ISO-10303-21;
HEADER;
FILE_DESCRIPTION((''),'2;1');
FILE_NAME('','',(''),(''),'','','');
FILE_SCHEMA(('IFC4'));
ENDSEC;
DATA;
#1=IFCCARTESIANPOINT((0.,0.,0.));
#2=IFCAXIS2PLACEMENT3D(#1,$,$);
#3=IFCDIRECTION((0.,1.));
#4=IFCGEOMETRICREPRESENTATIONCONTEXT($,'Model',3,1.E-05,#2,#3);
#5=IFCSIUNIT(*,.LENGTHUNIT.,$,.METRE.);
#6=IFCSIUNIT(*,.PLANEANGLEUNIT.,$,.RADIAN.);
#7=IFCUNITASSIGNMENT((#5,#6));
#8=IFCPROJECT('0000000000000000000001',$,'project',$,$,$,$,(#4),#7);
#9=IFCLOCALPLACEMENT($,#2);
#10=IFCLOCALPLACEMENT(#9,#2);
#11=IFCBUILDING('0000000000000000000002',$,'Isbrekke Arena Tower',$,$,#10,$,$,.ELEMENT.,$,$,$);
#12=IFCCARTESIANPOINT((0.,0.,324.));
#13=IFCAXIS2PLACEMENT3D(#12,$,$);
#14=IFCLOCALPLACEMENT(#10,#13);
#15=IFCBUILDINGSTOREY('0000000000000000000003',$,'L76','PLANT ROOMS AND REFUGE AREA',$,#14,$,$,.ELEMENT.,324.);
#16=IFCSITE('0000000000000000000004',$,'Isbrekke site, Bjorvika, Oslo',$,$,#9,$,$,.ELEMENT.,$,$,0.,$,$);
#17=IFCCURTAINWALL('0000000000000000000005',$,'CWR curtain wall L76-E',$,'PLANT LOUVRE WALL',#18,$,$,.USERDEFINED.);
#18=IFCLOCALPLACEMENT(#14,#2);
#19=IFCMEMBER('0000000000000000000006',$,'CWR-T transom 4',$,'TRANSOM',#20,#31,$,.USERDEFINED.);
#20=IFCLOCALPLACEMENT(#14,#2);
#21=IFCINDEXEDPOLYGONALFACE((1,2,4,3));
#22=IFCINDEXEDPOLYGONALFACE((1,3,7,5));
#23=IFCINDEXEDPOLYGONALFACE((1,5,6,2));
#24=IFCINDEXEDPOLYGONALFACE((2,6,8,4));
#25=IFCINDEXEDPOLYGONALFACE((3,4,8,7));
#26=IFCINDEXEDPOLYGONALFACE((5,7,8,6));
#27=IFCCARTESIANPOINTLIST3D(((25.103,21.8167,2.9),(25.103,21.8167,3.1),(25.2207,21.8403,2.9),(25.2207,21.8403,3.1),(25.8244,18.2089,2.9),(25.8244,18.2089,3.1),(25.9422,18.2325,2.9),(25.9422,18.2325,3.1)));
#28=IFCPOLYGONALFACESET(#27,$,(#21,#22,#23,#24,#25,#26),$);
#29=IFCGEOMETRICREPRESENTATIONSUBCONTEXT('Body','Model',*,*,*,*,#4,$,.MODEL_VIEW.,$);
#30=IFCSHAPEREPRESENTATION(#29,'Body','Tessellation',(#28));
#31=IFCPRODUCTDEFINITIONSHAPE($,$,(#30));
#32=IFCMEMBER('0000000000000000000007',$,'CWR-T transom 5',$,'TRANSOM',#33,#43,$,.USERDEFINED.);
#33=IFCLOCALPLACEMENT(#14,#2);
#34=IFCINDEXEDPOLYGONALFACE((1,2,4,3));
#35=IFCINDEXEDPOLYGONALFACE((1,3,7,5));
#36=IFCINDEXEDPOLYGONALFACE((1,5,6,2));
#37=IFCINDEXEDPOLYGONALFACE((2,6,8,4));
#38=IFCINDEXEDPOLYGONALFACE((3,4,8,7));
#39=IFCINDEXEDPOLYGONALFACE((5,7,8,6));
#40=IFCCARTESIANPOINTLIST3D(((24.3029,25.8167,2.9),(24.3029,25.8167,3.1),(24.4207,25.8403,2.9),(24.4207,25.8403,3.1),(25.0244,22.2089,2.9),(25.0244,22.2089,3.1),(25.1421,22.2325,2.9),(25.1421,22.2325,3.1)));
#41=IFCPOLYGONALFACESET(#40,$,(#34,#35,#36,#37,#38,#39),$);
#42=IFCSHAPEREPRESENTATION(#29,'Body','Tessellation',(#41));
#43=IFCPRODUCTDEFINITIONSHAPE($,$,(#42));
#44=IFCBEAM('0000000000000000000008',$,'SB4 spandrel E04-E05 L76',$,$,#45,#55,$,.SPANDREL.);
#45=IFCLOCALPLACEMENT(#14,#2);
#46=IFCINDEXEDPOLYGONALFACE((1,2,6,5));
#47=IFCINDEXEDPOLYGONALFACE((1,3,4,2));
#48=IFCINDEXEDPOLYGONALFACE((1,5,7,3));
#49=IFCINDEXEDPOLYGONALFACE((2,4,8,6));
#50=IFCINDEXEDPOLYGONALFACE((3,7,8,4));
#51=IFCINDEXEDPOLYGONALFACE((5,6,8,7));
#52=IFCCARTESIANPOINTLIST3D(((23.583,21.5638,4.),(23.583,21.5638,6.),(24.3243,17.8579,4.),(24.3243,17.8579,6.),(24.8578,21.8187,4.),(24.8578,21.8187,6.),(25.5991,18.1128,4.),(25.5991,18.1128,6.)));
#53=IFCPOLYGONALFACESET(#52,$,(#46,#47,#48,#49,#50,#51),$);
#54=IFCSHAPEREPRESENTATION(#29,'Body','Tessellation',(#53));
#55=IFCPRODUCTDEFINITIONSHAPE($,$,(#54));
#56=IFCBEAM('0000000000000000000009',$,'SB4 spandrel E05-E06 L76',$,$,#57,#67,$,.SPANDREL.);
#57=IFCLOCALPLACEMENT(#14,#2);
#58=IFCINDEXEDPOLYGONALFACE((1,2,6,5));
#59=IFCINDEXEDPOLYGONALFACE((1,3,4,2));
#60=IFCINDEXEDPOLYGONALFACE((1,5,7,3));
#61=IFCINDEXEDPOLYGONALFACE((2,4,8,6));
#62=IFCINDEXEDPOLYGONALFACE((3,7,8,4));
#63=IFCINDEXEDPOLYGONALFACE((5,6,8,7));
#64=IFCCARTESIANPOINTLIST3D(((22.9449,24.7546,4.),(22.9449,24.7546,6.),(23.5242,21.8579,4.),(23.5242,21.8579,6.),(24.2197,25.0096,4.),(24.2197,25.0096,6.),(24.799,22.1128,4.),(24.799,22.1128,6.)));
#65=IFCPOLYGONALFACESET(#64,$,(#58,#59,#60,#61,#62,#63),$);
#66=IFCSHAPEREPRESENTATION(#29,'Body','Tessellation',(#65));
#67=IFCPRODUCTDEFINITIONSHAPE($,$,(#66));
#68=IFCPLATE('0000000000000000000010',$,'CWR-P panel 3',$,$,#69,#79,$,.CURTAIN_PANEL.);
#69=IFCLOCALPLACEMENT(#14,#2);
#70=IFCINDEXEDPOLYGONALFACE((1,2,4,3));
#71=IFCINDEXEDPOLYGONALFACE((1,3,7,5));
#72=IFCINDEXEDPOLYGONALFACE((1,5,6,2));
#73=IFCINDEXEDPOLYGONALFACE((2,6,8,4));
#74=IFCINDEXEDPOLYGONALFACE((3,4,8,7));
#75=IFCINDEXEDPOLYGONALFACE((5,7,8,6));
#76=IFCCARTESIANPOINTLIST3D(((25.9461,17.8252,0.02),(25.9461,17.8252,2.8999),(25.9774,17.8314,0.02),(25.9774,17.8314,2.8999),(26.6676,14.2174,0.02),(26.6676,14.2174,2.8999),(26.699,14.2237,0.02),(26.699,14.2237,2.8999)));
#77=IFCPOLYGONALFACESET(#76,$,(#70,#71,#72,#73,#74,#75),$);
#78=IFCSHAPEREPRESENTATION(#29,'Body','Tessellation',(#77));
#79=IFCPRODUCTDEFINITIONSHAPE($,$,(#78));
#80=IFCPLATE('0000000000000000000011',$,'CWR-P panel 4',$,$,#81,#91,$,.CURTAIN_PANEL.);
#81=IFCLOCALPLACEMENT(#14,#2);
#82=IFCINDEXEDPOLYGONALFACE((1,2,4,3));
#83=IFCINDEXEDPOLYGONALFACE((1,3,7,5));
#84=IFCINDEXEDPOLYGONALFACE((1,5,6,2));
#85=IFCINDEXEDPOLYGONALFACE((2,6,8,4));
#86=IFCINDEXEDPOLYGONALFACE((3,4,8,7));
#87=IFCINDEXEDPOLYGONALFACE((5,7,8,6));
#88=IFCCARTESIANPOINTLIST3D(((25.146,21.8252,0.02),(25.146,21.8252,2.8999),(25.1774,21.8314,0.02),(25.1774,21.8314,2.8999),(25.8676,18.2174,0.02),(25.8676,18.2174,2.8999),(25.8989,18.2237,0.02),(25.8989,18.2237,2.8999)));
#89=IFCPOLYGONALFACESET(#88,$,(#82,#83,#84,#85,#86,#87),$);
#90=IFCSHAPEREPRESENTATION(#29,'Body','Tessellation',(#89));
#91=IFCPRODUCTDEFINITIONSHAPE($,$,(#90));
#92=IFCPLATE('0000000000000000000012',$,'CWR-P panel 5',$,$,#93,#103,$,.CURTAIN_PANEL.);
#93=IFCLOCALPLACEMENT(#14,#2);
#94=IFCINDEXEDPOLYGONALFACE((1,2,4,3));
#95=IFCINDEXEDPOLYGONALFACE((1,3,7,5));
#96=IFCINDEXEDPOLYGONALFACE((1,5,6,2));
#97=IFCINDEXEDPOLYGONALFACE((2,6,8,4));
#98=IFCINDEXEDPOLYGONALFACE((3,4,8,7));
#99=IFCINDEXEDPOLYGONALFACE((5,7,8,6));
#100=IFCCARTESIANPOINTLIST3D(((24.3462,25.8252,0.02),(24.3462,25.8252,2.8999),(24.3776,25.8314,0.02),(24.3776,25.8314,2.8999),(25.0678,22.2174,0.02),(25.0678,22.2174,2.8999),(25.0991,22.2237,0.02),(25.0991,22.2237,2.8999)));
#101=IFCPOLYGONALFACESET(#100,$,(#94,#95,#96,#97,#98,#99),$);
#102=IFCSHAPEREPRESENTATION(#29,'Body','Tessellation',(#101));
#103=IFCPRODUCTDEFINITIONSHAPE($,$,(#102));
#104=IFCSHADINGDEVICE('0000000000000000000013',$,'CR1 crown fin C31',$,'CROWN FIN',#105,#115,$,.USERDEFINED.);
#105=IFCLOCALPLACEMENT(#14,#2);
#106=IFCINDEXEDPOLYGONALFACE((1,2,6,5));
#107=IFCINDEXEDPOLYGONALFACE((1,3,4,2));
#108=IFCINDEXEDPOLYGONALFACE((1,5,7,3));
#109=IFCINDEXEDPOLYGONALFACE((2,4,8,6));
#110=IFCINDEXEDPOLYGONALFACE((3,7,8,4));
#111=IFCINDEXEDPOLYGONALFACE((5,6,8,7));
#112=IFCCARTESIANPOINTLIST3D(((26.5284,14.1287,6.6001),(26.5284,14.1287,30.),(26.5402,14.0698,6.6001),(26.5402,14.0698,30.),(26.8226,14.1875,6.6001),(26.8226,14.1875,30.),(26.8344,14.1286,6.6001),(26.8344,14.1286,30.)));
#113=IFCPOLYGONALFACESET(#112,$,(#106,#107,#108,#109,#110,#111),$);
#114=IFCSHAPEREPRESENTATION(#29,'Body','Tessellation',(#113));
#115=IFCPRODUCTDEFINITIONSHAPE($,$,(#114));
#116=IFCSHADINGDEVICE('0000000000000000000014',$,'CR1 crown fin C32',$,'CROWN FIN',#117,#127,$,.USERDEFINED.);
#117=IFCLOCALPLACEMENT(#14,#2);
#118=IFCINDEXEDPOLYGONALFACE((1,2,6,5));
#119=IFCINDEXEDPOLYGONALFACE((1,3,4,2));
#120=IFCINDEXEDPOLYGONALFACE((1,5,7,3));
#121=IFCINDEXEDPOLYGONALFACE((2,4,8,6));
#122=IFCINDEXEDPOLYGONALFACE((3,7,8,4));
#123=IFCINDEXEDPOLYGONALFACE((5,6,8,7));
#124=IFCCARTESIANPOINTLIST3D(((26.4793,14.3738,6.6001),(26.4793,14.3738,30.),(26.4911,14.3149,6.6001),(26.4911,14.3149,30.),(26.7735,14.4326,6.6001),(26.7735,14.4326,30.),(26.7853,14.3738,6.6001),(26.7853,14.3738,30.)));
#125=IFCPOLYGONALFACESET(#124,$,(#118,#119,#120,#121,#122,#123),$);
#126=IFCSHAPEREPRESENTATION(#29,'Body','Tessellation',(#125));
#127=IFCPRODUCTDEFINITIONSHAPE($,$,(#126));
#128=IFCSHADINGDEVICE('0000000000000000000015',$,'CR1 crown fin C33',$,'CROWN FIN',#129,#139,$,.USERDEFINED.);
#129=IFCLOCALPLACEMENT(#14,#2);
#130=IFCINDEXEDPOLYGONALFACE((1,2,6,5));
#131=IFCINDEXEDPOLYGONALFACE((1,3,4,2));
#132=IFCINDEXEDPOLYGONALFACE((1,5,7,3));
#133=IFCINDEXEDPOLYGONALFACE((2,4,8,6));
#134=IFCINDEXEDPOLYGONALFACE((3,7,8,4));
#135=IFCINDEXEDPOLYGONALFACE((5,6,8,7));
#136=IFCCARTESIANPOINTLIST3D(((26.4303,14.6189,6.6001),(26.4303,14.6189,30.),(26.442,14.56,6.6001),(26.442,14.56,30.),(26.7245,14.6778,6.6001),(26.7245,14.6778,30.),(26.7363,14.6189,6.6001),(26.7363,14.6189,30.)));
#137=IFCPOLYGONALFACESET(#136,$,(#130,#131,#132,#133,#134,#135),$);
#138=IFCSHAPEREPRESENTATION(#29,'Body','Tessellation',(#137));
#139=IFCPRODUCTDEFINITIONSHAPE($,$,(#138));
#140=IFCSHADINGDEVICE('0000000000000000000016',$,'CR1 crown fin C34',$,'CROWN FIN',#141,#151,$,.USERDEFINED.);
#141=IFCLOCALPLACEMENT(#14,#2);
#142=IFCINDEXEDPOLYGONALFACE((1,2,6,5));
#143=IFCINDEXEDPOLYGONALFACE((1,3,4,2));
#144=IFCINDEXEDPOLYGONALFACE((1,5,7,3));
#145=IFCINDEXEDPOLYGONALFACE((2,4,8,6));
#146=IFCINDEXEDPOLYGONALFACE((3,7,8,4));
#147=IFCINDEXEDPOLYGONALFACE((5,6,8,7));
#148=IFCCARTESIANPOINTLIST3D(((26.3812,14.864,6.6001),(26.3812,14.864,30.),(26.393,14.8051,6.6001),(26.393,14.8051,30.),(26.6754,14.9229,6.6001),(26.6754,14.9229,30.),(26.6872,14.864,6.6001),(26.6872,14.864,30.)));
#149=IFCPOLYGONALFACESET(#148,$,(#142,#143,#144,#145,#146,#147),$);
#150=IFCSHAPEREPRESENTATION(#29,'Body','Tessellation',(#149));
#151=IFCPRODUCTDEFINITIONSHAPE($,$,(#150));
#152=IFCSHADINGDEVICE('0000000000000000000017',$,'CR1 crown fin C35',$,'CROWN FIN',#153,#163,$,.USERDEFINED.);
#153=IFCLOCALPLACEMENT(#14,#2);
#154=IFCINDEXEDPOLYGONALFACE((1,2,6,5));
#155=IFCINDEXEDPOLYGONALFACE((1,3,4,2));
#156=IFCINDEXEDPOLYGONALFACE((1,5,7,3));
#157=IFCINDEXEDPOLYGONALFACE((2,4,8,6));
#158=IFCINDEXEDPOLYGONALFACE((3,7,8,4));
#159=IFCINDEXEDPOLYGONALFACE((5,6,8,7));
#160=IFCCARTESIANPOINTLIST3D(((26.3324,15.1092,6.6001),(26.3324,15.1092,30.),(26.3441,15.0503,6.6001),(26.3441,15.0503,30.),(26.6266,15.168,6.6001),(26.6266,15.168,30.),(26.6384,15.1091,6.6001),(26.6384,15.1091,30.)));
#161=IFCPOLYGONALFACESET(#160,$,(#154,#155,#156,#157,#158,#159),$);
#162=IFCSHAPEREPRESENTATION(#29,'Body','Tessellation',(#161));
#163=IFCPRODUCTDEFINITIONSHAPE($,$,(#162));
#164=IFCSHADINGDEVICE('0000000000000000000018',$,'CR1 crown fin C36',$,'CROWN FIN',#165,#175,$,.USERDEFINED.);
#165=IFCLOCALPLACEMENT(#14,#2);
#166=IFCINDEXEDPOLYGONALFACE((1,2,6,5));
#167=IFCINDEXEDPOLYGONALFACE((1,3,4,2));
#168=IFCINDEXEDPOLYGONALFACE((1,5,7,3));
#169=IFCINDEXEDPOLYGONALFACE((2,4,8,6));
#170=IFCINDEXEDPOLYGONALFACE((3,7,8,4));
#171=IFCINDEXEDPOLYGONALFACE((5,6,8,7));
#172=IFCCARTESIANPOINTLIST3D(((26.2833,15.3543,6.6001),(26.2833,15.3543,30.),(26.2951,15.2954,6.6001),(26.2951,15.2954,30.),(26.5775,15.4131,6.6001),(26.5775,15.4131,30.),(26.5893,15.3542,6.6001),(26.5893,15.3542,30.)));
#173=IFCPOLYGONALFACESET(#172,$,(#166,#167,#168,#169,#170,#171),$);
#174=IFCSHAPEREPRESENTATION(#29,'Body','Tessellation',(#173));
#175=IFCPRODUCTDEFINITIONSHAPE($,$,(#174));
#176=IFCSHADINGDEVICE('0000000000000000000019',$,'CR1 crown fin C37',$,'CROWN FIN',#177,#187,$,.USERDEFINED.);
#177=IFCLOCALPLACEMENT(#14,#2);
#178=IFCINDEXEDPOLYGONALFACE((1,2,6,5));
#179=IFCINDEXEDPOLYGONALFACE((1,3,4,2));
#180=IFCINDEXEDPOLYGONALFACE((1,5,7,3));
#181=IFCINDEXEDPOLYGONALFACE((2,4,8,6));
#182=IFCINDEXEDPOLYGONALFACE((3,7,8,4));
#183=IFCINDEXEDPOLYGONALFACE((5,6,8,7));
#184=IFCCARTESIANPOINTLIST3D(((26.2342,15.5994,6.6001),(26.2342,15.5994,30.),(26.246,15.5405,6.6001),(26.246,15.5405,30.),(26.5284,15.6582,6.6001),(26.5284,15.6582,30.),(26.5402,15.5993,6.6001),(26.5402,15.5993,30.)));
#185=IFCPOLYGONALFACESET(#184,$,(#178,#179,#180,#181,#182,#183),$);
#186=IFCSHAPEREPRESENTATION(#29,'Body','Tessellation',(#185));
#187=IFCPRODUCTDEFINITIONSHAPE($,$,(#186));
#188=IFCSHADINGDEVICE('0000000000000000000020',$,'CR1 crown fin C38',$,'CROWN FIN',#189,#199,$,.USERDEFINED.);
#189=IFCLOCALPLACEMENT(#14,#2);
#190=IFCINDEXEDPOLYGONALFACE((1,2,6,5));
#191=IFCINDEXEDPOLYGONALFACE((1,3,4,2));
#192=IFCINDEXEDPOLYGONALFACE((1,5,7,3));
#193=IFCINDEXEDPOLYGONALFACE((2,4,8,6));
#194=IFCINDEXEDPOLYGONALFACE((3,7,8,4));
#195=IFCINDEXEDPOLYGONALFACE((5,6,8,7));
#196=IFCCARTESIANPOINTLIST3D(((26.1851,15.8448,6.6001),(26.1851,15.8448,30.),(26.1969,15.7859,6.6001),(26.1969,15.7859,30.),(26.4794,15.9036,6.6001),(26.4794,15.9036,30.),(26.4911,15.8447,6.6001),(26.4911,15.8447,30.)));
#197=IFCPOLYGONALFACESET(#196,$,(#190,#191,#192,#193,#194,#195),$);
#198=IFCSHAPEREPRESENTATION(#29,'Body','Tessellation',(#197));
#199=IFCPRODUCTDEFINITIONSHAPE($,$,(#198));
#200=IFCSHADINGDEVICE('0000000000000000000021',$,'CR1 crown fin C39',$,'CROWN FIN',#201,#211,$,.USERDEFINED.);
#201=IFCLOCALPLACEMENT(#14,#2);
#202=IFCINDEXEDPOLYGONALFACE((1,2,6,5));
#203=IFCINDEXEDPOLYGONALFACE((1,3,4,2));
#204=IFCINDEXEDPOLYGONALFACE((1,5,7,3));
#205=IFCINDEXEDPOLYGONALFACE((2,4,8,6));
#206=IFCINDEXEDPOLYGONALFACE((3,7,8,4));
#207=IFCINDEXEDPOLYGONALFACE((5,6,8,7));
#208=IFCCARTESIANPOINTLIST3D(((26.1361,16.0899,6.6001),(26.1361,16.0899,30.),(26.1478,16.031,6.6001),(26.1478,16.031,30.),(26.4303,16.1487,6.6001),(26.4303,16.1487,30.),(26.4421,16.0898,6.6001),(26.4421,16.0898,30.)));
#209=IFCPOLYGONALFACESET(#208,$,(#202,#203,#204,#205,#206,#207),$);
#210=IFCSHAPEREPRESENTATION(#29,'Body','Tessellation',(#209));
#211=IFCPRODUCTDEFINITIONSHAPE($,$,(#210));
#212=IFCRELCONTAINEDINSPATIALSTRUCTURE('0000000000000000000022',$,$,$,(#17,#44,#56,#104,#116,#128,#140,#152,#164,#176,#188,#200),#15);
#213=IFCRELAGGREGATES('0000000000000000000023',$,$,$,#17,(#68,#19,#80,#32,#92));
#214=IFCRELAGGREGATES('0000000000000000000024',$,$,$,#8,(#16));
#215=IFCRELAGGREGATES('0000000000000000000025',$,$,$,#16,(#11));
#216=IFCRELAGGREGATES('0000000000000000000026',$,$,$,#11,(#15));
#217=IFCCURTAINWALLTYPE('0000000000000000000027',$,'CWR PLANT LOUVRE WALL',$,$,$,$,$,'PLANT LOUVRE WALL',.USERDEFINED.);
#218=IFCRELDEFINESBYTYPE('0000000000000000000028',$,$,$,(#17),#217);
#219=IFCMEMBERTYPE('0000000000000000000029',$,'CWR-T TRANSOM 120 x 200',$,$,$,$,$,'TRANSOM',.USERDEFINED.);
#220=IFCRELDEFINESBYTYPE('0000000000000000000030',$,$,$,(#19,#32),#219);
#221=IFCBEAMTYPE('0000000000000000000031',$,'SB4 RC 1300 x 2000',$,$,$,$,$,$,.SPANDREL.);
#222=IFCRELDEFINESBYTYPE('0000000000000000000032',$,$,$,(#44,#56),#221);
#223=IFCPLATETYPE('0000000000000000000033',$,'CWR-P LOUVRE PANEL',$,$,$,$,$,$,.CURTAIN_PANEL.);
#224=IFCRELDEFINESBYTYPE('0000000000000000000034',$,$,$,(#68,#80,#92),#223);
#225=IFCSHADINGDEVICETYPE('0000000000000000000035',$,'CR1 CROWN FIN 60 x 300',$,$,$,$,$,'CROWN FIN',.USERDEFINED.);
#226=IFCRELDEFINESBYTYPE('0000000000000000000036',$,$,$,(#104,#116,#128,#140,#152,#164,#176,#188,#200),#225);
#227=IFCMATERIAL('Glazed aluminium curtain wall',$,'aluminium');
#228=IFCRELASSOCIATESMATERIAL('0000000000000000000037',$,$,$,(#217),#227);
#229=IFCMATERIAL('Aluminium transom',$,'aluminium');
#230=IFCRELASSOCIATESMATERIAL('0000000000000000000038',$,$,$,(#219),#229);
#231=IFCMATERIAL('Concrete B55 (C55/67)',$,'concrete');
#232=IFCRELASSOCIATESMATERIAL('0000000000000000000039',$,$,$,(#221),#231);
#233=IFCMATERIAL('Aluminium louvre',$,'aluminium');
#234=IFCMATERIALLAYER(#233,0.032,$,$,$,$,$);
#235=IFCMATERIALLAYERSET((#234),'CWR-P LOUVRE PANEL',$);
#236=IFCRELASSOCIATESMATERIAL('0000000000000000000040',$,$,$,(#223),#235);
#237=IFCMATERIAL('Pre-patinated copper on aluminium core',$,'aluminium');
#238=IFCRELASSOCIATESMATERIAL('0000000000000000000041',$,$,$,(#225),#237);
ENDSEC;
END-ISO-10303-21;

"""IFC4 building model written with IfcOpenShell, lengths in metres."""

from ifc_helpers import new_model, si_unit, direction, frame, origin, origin_2d, place, context, subcontext, project, spatial, rectangle, extrude, material, layer, layer_set, material_profile, profile_set, type_object, element, aggregate, save


model = new_model("IFC4")

# Units and contexts
model_context = context("Model", 3, precision=1e-05, world=origin(), true_north=direction((0.0, 1.0)))
body_context = subcontext(model_context, "Body", "Model", "MODEL_VIEW")
ifc_project = project(units=[si_unit("LENGTHUNIT", "METRE"), si_unit("PLANEANGLEUNIT", "RADIAN")], contexts=[model_context])

# Site, building, storey
site_placement = place(None, origin())
site = spatial("IfcSite", under=ifc_project, at=site_placement, Name="Isbrekke site, Bjorvika, Oslo", CompositionType="ELEMENT", RefElevation=0.0)
building_placement = place(site_placement, origin())
building = spatial("IfcBuilding", under=site, at=building_placement, Name="Isbrekke Arena Tower", CompositionType="ELEMENT")
storey_placement = place(building_placement, frame((0.0, 0.0, 324.0)))
storey = spatial("IfcBuildingStorey", under=building, at=storey_placement, Name="L76", Description="PLANT ROOMS AND REFUGE AREA", CompositionType="ELEMENT", Elevation=324.0)

# Curtain wall
ifc_material_1 = material(Name="Glazed aluminium curtain wall", Category="aluminium")
curtain_wall_type = type_object("IfcCurtainWallType", Name="CWR PLANT LOUVRE WALL", ElementType="PLANT LOUVRE WALL", PredefinedType="USERDEFINED", material=ifc_material_1)
curtain_wall_1_placement = place(storey_placement, origin())
curtain_wall_1 = element("IfcCurtainWall", 1, at=curtain_wall_1_placement, inside=storey, type_object=curtain_wall_type, Name="CWR curtain wall L76-E", ObjectType="PLANT LOUVRE WALL", PredefinedType="USERDEFINED")

# Members
ifc_material_2 = material(Name="Aluminium transom", Category="aluminium")
ifc_material_profile_1 = material_profile(ifc_material_2, rectangle(XDim=0.1201, YDim=0.2, at=origin_2d()), Name="TRANSOM 120X200")
ifc_profile_set_1 = profile_set([ifc_material_profile_1], Name="Aluminium transom")
member_type_1 = type_object("IfcMemberType", Name="CWR-T TRANSOM 120 x 200", ElementType="TRANSOM", PredefinedType="USERDEFINED", material=ifc_profile_set_1)
member_1_placement = place(storey_placement, frame((25.8833, 18.2207, 3.0), z_axis=(-0.196091, 0.980586, 0.0), x_axis=(-0.980586, -0.196091, 0.0)))
member_1 = element("IfcMember", 2, at=member_1_placement, type_object=member_type_1, Name="CWR-T transom 4", ObjectType="TRANSOM", PredefinedType="USERDEFINED", context=body_context, shape_type="SweptSolid", body=[
    extrude(rectangle(XDim=0.1201, YDim=0.2, at=origin_2d()), origin(), (0.0, 0.0, 1.0), 3.6792),
])
member_2_placement = place(storey_placement, frame((25.0833, 22.2207, 3.0), z_axis=(-0.196091, 0.980586, 0.0), x_axis=(-0.980586, -0.196091, 0.0)))
member_2 = element("IfcMember", 3, at=member_2_placement, type_object=member_type_1, Name="CWR-T transom 5", ObjectType="TRANSOM", PredefinedType="USERDEFINED", context=body_context, shape_type="SweptSolid", body=[
    extrude(rectangle(XDim=0.1201, YDim=0.2, at=origin_2d()), origin(), (0.0, 0.0, 1.0), 3.6792),
])

# Beams
ifc_material_3 = material(Name="Concrete B55 (C55/67)", Category="concrete")
ifc_material_profile_2 = material_profile(ifc_material_3, rectangle(XDim=1.3, YDim=2.0, at=origin_2d()), Name="RC 1300x2000")
ifc_profile_set_2 = profile_set([ifc_material_profile_2], Name="Concrete B55 (C55/67)")
beam_type_1 = type_object("IfcBeamType", Name="SB4 RC 1300 x 2000", PredefinedType="SPANDREL", material=ifc_profile_set_2)
beam_1_placement = place(storey_placement, frame((24.9617, 17.9854, 5.0), z_axis=(-0.196129, 0.980578, 0.0), x_axis=(-0.980578, -0.196129, 0.0)))
element("IfcBeam", 4, at=beam_1_placement, inside=storey, type_object=beam_type_1, Name="SB4 spandrel E04-E05 L76", PredefinedType="SPANDREL", context=body_context, shape_type="SweptSolid", body=[
    extrude(rectangle(XDim=1.3, YDim=2.0, at=origin_2d()), origin(), (0.0, 0.0, 1.0), 3.7793),
])
beam_2_placement = place(storey_placement, frame((24.1616, 21.9854, 5.0), z_axis=(-0.196116, 0.980581, 0.0), x_axis=(-0.980581, -0.196116, 0.0)))
element("IfcBeam", 5, at=beam_2_placement, inside=storey, type_object=beam_type_1, Name="SB4 spandrel E05-E06 L76", PredefinedType="SPANDREL", context=body_context, shape_type="SweptSolid", body=[
    extrude(rectangle(XDim=1.3, YDim=2.0, at=origin_2d()), origin(), (0.0, 0.0, 1.0), 2.9541),
])

# Plates
ifc_material_4 = material(Name="Aluminium louvre", Category="aluminium")
ifc_layer = layer(ifc_material_4, 0.032)
ifc_layer_set = layer_set([ifc_layer], Name="CWR-P LOUVRE PANEL")
plate_type = type_object("IfcPlateType", Name="CWR-P LOUVRE PANEL", PredefinedType="CURTAIN_PANEL", material=ifc_layer_set)
plate_1_placement = place(storey_placement, frame((26.3225, 16.0244, 0.02), z_axis=(0.0, 0.0, 1.0), x_axis=(-0.196116, 0.980581, 0.0)))
plate_1 = element("IfcPlate", 6, at=plate_1_placement, type_object=plate_type, Name="CWR-P panel 3", PredefinedType="CURTAIN_PANEL", context=body_context, shape_type="SweptSolid", body=[
    extrude(rectangle(XDim=3.6792, YDim=0.032, at=origin_2d()), origin(), (0.0, 0.0, 1.0), 2.8799),
])
plate_2_placement = place(storey_placement, frame((25.5225, 20.0244, 0.02), z_axis=(0.0, 0.0, 1.0), x_axis=(-0.196116, 0.980581, 0.0)))
plate_2 = element("IfcPlate", 7, at=plate_2_placement, type_object=plate_type, Name="CWR-P panel 4", PredefinedType="CURTAIN_PANEL", context=body_context, shape_type="SweptSolid", body=[
    extrude(rectangle(XDim=3.6792, YDim=0.032, at=origin_2d()), origin(), (0.0, 0.0, 1.0), 2.8799),
])
plate_3_placement = place(storey_placement, frame((24.7227, 24.0244, 0.02), z_axis=(0.0, 0.0, 1.0), x_axis=(-0.196116, 0.980581, 0.0)))
plate_3 = element("IfcPlate", 8, at=plate_3_placement, type_object=plate_type, Name="CWR-P panel 5", PredefinedType="CURTAIN_PANEL", context=body_context, shape_type="SweptSolid", body=[
    extrude(rectangle(XDim=3.6792, YDim=0.032, at=origin_2d()), origin(), (0.0, 0.0, 1.0), 2.8799),
])
aggregate(curtain_wall_1, [plate_1, member_1, plate_2, member_2, plate_3])

# Shading devices
ifc_material_5 = material(Name="Pre-patinated copper on aluminium core", Category="aluminium")
ifc_material_profile_3 = material_profile(ifc_material_5, rectangle(XDim=0.0601, YDim=0.3, at=origin_2d()), Name="FIN 60X300")
ifc_profile_set_3 = profile_set([ifc_material_profile_3], Name="Pre-patinated copper on aluminium core")
shading_device_type = type_object("IfcShadingDeviceType", Name="CR1 CROWN FIN 60 x 300", ElementType="CROWN FIN", PredefinedType="USERDEFINED", material=ifc_profile_set_3)
for number, where, z_axis, x_axis, name in (
    (9, (26.6814, 14.1287, 6.6001), (0.0, 0.0, 1.0), (-0.196116, 0.980581, 0.0), "CR1 crown fin C31"),
    (10, (26.6323, 14.3738, 6.6001), (0.0, 0.0, 1.0), (-0.196116, 0.980581, 0.0), "CR1 crown fin C32"),
    (11, (26.5833, 14.6189, 6.6001), (0.0, 0.0, 1.0), (-0.196116, 0.980581, 0.0), "CR1 crown fin C33"),
    (12, (26.5342, 14.864, 6.6001), (0.0, 0.0, 1.0), (-0.196116, 0.980581, 0.0), "CR1 crown fin C34"),
    (13, (26.4854, 15.1091, 6.6001), (0.0, 0.0, 1.0), (-0.196116, 0.980581, 0.0), "CR1 crown fin C35"),
    (14, (26.4363, 15.3542, 6.6001), (0.0, 0.0, 1.0), (-0.196116, 0.980581, 0.0), "CR1 crown fin C36"),
    (15, (26.3872, 15.5994, 6.6001), (0.0, 0.0, 1.0), (-0.196116, 0.980581, 0.0), "CR1 crown fin C37"),
    (16, (26.3381, 15.8447, 6.6001), (0.0, 0.0, 1.0), (-0.196116, 0.980581, 0.0), "CR1 crown fin C38"),
    (17, (26.2891, 16.0898, 6.6001), (0.0, 0.0, 1.0), (-0.196116, 0.980581, 0.0), "CR1 crown fin C39"),
):
    element("IfcShadingDevice", number, at=place(storey_placement, frame(where, z_axis=z_axis, x_axis=x_axis)), inside=storey, type_object=shading_device_type, Name=name, ObjectType="CROWN FIN", PredefinedType="USERDEFINED", context=body_context, shape_type="SweptSolid", body=[
        extrude(rectangle(XDim=0.0601, YDim=0.3, at=origin_2d()), origin(), (0.0, 0.0, 1.0), 23.3999),
    ])

save(model, "model.ifc")
